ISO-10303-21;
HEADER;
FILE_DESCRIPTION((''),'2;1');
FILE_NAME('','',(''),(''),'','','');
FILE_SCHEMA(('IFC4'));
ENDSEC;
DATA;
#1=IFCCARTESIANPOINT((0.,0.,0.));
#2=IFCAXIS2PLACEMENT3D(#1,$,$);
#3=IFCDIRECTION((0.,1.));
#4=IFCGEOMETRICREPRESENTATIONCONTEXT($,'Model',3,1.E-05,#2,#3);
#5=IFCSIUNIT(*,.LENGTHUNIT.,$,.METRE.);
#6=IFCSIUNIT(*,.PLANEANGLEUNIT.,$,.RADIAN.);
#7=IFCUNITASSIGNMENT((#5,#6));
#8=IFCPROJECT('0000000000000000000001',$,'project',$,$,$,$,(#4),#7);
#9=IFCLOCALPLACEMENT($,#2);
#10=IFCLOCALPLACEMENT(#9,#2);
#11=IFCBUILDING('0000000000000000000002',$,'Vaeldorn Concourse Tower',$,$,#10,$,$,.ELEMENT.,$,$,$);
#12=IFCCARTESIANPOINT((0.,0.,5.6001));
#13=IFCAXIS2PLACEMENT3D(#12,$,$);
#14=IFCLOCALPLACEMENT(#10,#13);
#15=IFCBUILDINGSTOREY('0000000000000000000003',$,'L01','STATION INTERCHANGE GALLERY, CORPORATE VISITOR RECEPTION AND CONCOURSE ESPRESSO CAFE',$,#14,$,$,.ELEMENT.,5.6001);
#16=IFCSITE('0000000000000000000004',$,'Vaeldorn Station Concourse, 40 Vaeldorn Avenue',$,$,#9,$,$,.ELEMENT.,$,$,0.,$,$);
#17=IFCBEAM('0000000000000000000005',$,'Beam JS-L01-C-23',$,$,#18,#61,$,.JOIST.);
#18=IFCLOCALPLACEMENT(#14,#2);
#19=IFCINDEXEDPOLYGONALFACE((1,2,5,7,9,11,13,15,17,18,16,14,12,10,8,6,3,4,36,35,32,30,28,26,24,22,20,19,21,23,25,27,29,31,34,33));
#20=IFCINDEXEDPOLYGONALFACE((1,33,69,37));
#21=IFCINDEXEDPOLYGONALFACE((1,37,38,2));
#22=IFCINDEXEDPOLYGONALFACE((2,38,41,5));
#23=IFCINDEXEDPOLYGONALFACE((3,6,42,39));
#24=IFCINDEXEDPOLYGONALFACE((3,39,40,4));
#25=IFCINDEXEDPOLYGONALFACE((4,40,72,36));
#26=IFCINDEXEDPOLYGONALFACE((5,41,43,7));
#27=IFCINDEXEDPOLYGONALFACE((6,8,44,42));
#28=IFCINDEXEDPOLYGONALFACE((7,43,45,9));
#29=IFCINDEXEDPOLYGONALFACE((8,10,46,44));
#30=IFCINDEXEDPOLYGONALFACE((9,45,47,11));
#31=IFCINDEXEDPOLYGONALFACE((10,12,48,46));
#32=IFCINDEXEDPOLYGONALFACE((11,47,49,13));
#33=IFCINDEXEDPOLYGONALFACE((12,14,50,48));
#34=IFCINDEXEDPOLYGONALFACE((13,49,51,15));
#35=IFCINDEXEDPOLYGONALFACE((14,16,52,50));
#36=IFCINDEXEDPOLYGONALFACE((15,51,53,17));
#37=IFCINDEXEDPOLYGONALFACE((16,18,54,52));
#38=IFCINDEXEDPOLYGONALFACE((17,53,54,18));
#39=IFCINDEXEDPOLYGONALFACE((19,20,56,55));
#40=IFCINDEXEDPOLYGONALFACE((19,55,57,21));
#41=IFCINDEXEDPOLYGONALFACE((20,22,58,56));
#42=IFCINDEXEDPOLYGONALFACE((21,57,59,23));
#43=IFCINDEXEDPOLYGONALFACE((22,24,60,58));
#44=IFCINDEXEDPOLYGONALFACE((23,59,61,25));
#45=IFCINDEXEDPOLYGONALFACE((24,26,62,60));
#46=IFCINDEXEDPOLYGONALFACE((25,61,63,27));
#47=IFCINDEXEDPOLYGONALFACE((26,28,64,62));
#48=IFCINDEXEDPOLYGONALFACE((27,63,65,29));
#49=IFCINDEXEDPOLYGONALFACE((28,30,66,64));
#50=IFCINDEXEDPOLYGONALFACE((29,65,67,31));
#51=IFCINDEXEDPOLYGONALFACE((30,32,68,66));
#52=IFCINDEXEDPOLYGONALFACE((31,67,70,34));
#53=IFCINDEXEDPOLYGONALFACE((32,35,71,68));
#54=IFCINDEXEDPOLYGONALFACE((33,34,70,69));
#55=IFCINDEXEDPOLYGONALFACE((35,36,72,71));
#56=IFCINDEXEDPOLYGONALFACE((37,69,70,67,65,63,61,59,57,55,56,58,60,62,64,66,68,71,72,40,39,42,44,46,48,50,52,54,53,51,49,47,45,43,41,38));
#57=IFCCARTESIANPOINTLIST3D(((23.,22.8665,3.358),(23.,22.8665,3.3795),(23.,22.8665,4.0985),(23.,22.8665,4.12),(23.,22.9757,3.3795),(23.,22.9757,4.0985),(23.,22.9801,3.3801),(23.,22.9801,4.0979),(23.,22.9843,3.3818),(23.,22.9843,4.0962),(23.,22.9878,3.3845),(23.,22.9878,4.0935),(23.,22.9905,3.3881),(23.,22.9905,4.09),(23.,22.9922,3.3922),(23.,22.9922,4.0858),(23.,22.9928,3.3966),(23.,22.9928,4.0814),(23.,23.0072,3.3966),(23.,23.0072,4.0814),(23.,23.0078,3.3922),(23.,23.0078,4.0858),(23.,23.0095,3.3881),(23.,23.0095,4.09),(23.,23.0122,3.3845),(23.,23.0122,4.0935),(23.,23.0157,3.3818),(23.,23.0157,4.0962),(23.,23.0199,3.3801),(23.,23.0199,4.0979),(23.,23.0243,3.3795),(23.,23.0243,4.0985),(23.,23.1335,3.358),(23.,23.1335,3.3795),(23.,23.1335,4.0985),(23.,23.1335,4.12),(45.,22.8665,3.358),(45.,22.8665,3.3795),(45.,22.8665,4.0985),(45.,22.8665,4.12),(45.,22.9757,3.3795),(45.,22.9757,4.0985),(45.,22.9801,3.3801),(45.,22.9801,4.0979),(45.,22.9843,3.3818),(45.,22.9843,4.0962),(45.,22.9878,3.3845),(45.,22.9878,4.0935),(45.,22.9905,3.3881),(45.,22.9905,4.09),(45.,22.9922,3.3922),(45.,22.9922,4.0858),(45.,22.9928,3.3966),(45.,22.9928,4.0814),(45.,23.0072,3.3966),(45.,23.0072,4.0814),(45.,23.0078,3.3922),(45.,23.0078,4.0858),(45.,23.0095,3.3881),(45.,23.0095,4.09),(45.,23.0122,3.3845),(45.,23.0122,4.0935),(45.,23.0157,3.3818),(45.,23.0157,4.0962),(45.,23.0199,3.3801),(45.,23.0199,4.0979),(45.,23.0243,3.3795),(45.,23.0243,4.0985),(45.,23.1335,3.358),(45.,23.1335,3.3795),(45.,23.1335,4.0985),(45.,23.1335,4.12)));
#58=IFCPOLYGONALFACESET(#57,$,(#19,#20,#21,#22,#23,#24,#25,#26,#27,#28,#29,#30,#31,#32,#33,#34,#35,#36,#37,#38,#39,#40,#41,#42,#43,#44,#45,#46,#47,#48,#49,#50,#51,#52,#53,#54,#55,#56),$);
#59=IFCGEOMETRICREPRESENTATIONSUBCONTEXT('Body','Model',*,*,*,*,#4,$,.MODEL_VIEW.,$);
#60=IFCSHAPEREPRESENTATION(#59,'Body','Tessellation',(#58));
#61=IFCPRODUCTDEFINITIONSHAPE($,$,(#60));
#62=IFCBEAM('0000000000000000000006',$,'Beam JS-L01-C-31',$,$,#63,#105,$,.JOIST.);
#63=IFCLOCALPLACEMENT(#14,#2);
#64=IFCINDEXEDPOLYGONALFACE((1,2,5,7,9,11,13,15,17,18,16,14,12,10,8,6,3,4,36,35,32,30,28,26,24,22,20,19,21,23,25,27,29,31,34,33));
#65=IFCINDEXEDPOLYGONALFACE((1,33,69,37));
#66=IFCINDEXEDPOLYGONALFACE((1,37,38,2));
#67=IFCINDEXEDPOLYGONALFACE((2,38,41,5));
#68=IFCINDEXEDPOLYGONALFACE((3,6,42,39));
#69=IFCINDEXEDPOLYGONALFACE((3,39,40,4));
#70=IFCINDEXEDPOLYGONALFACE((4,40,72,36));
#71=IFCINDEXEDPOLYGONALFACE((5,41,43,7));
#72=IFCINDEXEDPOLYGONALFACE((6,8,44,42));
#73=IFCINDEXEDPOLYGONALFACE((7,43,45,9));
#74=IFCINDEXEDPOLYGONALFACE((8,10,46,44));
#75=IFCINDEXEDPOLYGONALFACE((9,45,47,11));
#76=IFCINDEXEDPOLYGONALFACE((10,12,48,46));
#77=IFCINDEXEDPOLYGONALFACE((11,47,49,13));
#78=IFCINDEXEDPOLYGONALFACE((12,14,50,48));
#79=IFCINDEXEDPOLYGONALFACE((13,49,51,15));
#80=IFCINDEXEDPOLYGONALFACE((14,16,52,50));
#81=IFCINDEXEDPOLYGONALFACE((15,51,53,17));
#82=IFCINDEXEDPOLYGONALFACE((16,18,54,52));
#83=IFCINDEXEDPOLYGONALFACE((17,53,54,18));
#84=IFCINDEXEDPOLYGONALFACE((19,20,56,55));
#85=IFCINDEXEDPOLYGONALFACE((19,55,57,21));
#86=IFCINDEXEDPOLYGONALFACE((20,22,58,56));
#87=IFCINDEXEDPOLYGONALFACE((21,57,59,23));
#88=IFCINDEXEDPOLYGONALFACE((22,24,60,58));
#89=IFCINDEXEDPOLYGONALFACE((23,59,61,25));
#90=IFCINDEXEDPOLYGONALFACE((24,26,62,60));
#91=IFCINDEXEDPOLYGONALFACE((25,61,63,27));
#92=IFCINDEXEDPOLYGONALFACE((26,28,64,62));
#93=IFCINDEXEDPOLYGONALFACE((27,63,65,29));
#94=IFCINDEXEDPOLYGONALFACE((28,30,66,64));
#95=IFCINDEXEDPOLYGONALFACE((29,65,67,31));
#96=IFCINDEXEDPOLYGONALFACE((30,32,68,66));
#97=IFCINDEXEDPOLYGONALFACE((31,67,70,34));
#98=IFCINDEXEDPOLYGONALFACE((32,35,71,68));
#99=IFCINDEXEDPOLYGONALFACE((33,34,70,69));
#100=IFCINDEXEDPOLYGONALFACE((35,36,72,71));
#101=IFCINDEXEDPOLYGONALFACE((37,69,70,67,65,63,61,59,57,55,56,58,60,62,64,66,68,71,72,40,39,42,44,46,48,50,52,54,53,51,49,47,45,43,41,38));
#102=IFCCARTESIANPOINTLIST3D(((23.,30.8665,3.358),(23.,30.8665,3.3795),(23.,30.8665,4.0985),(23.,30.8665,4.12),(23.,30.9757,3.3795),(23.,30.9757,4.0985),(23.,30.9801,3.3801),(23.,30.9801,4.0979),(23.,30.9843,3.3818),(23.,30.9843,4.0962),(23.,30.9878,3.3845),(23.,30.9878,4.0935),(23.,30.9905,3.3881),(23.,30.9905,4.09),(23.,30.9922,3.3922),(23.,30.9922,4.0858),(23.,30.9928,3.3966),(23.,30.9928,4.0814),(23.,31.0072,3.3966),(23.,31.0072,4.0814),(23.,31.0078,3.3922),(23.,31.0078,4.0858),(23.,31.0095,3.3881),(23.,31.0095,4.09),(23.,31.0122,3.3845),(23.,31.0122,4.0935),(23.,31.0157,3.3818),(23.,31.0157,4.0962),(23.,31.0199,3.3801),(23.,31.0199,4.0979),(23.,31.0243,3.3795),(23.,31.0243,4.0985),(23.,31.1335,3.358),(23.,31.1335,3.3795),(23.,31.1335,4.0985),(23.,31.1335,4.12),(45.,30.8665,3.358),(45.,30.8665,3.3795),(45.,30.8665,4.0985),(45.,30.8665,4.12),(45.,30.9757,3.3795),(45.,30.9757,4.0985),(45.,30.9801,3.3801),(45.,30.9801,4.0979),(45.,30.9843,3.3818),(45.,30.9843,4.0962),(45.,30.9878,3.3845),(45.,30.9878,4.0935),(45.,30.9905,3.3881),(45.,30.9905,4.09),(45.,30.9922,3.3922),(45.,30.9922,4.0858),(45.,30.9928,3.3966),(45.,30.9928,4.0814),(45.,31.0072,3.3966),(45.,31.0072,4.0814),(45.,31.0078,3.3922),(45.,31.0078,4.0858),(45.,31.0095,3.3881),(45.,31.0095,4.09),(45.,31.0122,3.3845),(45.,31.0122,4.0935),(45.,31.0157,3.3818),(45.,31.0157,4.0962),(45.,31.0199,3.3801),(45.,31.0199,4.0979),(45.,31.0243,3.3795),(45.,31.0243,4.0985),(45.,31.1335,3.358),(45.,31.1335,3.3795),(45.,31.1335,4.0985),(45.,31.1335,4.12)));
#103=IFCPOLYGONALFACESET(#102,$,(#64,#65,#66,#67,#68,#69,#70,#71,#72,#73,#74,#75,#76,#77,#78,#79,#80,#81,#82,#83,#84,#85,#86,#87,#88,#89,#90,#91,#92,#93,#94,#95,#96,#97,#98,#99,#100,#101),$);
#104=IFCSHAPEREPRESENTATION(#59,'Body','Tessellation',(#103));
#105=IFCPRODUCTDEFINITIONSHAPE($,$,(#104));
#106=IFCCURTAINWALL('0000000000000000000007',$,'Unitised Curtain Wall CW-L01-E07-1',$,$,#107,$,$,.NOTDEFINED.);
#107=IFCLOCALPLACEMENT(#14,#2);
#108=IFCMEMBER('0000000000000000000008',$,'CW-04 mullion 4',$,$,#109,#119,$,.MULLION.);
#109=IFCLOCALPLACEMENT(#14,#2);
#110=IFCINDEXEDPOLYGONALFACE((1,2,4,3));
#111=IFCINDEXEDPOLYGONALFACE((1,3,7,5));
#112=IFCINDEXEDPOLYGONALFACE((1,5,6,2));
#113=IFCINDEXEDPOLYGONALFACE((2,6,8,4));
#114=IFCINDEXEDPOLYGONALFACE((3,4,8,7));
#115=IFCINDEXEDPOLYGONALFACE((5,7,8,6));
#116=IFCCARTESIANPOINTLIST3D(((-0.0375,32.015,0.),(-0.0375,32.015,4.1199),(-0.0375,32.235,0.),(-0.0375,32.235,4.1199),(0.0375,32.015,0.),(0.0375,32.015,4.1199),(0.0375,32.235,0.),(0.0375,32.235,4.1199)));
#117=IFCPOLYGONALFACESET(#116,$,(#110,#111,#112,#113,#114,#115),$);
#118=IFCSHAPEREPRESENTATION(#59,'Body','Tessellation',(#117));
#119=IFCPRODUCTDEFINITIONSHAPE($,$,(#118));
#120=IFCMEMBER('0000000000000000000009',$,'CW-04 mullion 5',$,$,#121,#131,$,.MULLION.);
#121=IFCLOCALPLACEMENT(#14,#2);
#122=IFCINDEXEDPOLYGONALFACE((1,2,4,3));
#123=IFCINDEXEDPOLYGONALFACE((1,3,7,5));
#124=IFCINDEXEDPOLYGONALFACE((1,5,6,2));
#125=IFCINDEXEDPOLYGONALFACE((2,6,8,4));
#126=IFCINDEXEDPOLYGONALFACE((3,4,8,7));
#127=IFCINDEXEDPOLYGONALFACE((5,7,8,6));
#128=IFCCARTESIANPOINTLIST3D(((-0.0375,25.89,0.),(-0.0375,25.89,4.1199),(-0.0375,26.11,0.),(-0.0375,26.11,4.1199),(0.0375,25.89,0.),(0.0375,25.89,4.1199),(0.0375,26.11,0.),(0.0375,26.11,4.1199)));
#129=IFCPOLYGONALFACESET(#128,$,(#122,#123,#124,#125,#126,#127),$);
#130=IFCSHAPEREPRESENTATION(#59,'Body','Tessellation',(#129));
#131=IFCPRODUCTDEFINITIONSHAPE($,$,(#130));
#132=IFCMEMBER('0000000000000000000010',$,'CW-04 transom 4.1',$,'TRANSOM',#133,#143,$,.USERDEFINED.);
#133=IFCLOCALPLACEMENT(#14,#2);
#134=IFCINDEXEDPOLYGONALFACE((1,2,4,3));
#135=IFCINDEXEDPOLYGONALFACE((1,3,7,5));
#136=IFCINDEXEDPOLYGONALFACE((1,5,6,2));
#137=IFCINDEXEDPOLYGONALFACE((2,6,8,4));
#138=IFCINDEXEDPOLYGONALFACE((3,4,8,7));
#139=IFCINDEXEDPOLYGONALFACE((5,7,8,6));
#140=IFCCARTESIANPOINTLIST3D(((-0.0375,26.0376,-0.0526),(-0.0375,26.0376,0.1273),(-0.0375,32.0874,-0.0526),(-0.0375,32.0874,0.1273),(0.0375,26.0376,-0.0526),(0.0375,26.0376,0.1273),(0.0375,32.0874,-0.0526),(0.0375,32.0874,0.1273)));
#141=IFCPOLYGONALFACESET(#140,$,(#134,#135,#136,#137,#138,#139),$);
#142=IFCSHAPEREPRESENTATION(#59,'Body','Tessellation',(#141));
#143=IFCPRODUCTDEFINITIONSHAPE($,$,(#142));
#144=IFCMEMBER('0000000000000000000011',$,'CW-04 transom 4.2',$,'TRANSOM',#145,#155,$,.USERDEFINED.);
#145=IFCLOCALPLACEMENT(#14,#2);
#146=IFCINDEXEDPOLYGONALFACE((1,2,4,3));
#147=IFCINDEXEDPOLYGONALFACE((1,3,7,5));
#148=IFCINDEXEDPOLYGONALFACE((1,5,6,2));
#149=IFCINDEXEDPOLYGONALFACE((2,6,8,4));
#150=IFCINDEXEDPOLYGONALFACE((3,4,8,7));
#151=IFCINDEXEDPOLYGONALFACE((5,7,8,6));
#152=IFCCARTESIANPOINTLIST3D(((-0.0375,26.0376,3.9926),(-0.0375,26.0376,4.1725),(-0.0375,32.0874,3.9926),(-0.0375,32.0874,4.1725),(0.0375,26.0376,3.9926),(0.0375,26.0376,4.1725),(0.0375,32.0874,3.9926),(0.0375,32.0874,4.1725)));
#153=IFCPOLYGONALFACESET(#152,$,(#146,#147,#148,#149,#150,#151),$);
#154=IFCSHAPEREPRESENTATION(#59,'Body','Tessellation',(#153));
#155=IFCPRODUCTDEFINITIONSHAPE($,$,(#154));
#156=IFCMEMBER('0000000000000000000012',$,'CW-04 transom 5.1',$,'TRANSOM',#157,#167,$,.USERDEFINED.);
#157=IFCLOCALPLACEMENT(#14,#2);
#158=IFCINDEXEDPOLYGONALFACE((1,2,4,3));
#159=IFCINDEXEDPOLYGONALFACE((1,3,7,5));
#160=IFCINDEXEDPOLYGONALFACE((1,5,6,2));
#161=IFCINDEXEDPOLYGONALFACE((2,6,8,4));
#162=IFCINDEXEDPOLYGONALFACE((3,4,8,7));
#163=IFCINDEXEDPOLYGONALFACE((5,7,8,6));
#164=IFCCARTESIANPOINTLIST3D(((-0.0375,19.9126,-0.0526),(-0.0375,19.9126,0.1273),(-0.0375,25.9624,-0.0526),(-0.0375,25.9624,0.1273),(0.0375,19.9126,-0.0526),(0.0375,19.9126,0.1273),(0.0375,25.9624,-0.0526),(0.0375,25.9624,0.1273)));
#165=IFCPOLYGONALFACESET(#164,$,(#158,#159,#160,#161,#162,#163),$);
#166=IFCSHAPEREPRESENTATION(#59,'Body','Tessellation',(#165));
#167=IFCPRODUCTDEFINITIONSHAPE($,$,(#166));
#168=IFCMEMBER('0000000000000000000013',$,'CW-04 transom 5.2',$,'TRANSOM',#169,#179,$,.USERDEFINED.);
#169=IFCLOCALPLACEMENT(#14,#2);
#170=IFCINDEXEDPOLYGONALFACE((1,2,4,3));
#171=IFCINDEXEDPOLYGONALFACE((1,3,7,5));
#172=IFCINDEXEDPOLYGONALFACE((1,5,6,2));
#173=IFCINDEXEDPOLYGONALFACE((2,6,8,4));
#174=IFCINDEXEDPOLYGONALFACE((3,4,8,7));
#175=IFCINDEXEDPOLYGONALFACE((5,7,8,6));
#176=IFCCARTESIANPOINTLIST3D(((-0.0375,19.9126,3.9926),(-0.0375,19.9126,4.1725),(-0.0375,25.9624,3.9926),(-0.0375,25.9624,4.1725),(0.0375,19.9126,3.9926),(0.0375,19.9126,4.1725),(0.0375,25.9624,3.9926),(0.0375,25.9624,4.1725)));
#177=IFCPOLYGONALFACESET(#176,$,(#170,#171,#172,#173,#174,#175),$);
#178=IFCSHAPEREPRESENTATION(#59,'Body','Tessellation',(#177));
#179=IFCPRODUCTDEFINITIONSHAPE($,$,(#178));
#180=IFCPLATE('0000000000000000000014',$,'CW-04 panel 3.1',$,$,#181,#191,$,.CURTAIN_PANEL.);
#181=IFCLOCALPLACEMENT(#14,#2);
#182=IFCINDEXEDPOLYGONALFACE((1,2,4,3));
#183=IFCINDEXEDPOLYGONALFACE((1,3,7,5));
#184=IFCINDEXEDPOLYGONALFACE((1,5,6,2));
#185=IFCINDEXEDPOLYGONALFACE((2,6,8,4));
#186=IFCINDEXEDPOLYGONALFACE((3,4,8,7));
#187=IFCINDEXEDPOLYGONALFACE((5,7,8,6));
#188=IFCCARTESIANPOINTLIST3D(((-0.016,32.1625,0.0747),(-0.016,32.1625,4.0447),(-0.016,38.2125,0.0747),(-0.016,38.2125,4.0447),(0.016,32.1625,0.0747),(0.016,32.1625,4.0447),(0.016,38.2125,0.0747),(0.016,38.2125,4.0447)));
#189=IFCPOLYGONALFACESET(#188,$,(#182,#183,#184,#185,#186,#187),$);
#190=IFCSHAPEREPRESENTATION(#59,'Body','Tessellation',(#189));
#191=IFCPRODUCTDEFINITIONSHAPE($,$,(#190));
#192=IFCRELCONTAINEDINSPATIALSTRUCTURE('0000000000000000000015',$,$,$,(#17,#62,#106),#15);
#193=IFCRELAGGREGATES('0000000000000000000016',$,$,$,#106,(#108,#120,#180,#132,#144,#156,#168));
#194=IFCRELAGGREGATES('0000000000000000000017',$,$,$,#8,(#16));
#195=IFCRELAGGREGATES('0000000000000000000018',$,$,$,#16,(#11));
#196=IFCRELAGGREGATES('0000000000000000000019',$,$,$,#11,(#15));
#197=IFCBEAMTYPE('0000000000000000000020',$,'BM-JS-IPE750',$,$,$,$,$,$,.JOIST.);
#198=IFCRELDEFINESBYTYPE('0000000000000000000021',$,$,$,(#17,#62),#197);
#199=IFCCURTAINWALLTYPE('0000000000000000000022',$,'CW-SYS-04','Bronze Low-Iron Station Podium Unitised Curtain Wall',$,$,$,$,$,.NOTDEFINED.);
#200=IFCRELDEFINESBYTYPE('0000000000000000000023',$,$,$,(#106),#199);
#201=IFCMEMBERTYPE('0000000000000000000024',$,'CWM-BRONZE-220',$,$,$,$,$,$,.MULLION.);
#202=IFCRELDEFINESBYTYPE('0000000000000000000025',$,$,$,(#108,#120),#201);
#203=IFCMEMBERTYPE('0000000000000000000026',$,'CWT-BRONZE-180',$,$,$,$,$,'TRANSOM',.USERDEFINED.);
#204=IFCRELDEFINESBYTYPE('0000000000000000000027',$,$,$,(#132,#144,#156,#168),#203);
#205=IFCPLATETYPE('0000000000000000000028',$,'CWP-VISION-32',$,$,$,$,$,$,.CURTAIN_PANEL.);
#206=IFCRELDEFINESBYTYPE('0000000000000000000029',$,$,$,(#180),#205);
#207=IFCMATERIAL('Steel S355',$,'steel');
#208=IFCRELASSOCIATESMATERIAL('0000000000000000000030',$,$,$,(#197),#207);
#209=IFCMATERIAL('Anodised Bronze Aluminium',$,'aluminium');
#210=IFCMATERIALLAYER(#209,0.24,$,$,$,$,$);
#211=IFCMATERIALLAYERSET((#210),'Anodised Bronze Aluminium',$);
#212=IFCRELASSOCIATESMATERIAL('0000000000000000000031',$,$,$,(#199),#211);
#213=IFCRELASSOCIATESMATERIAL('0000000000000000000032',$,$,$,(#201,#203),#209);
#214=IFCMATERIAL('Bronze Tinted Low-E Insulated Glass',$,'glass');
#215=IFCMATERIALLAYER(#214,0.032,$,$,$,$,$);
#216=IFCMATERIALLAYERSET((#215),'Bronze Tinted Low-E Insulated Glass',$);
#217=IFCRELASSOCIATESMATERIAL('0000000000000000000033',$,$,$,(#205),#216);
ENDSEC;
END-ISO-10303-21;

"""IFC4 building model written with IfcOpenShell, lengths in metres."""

from ifc_helpers import new_model, si_unit, direction, frame, origin, origin_2d, place, context, subcontext, project, spatial, rectangle, i_section, extrude, source, transform, mapped, material, layer, layer_set, material_profile, profile_set, type_object, element, aggregate, save


model = new_model("IFC4")

# Units and contexts
model_context = context("Model", 3, precision=1e-05, world=origin(), true_north=direction((0.0, 1.0)))
body_context = subcontext(model_context, "Body", "Model", "MODEL_VIEW")
ifc_project = project(units=[si_unit("LENGTHUNIT", "METRE"), si_unit("PLANEANGLEUNIT", "RADIAN")], contexts=[model_context])

# Site, building, storey
site_placement = place(None, origin())
site = spatial("IfcSite", under=ifc_project, at=site_placement, Name="Vaeldorn Station Concourse, 40 Vaeldorn Avenue", CompositionType="ELEMENT", RefElevation=0.0)
building_placement = place(site_placement, origin())
building = spatial("IfcBuilding", under=site, at=building_placement, Name="Vaeldorn Concourse Tower", CompositionType="ELEMENT")
storey_placement = place(building_placement, frame((0.0, 0.0, 5.6001)))
storey = spatial("IfcBuildingStorey", under=building, at=storey_placement, Name="L01", Description="STATION INTERCHANGE GALLERY, CORPORATE VISITOR RECEPTION AND CONCOURSE ESPRESSO CAFE", CompositionType="ELEMENT", Elevation=5.6001)

# Beams
ifc_material_1 = material(Name="Steel S355", Category="steel")
ifc_material_profile_1 = material_profile(ifc_material_1, i_section(OverallWidth=0.2671, OverallDepth=0.762, WebThickness=0.0144, FlangeThickness=0.0215, FilletRadius=0.0171, at=origin_2d()), Name="IPE 750x173")
ifc_profile_set_1 = profile_set([ifc_material_profile_1], Name="Steel S355")
beam_type_1 = type_object("IfcBeamType", Name="BM-JS-IPE750", PredefinedType="JOIST", material=ifc_profile_set_1)
shared_shape_1 = source(origin(), body_context, "Body", "SweptSolid", [
    extrude(i_section(OverallWidth=0.2671, OverallDepth=0.762, WebThickness=0.0144, FlangeThickness=0.0215, FilletRadius=0.0171, at=origin_2d()), origin(), (0.0, 0.0, 1.0), 22.0),
])
for number, where, z_axis, x_axis, name in (
    (1, (23.0, 23.0, 3.739), (1.0, 0.0, 0.0), (0.0, 1.0, 0.0), "Beam JS-L01-C-23"),
    (2, (23.0, 31.0, 3.739), (1.0, 0.0, 0.0), (0.0, 1.0, 0.0), "Beam JS-L01-C-31"),
):
    element("IfcBeam", number, at=place(storey_placement, frame(where, z_axis=z_axis, x_axis=x_axis)), inside=storey, type_object=beam_type_1, Name=name, PredefinedType="JOIST", context=body_context, shape_type="MappedRepresentation", body=[
        mapped(shared_shape_1, transform((0.0, 0.0, 0.0), scale=1.0)),
    ])

# Curtain wall, members, plate
ifc_material_2 = material(Name="Anodised Bronze Aluminium", Category="aluminium")
ifc_layer_1 = layer(ifc_material_2, 0.24)
ifc_layer_set_1 = layer_set([ifc_layer_1], Name="Anodised Bronze Aluminium")
curtain_wall_type = type_object("IfcCurtainWallType", Name="CW-SYS-04", Description="Bronze Low-Iron Station Podium Unitised Curtain Wall", PredefinedType="NOTDEFINED", material=ifc_layer_set_1)
curtain_wall_placement = place(storey_placement, origin())
curtain_wall = element("IfcCurtainWall", 3, at=curtain_wall_placement, inside=storey, type_object=curtain_wall_type, Name="Unitised Curtain Wall CW-L01-E07-1", PredefinedType="NOTDEFINED")
ifc_material_profile_2 = material_profile(ifc_material_2, rectangle(XDim=0.075, YDim=0.22, at=origin_2d()), Name="CWM 75x220")
ifc_profile_set_2 = profile_set([ifc_material_profile_2], Name="Anodised Bronze Aluminium")
member_type_1 = type_object("IfcMemberType", Name="CWM-BRONZE-220", PredefinedType="MULLION", material=ifc_profile_set_2)
shared_shape_2 = source(origin(), body_context, "Body", "SweptSolid", [
    extrude(rectangle(XDim=0.075, YDim=0.22, at=origin_2d()), origin(), (0.0, 0.0, 1.0), 4.1199),
])
member_1_placement = place(storey_placement, frame((0.0, 32.125, 0.0), z_axis=(0.0, 0.0, 1.0), x_axis=(1.0, 0.0, 0.0)))
member_1 = element("IfcMember", 4, at=member_1_placement, type_object=member_type_1, Name="CW-04 mullion 4", PredefinedType="MULLION", context=body_context, shape_type="MappedRepresentation", body=[
    mapped(shared_shape_2, transform((0.0, 0.0, 0.0), scale=1.0)),
])
member_2_placement = place(storey_placement, frame((0.0, 26.0, 0.0), z_axis=(0.0, 0.0, 1.0), x_axis=(1.0, 0.0, 0.0)))
member_2 = element("IfcMember", 5, at=member_2_placement, type_object=member_type_1, Name="CW-04 mullion 5", PredefinedType="MULLION", context=body_context, shape_type="MappedRepresentation", body=[
    mapped(shared_shape_2, transform((0.0, 0.0, 0.0), scale=1.0)),
])
ifc_material_profile_3 = material_profile(ifc_material_2, rectangle(XDim=0.075, YDim=0.1799, at=origin_2d()), Name="CWT 75x180")
ifc_profile_set_3 = profile_set([ifc_material_profile_3], Name="Anodised Bronze Aluminium")
member_type_2 = type_object("IfcMemberType", Name="CWT-BRONZE-180", ElementType="TRANSOM", PredefinedType="USERDEFINED", material=ifc_profile_set_3)
shared_shape_3 = source(origin(), body_context, "Body", "SweptSolid", [
    extrude(rectangle(XDim=0.075, YDim=0.1799, at=origin_2d()), origin(), (0.0, 0.0, 1.0), 6.0498),
])
member_3_placement = place(storey_placement, frame((0.0, 32.0874, 0.0374), z_axis=(0.0, -1.0, 0.0), x_axis=(1.0, 0.0, 0.0)))
member_3 = element("IfcMember", 6, at=member_3_placement, type_object=member_type_2, Name="CW-04 transom 4.1", ObjectType="TRANSOM", PredefinedType="USERDEFINED", context=body_context, shape_type="MappedRepresentation", body=[
    mapped(shared_shape_3, transform((0.0, 0.0, 0.0), scale=1.0)),
])
member_4_placement = place(storey_placement, frame((0.0, 32.0874, 4.0825), z_axis=(0.0, -1.0, 0.0), x_axis=(1.0, 0.0, 0.0)))
member_4 = element("IfcMember", 7, at=member_4_placement, type_object=member_type_2, Name="CW-04 transom 4.2", ObjectType="TRANSOM", PredefinedType="USERDEFINED", context=body_context, shape_type="MappedRepresentation", body=[
    mapped(shared_shape_3, transform((0.0, 0.0, 0.0), scale=1.0)),
])
member_5_placement = place(storey_placement, frame((0.0, 25.9624, 0.0374), z_axis=(0.0, -1.0, 0.0), x_axis=(1.0, 0.0, 0.0)))
member_5 = element("IfcMember", 8, at=member_5_placement, type_object=member_type_2, Name="CW-04 transom 5.1", ObjectType="TRANSOM", PredefinedType="USERDEFINED", context=body_context, shape_type="MappedRepresentation", body=[
    mapped(shared_shape_3, transform((0.0, 0.0, 0.0), scale=1.0)),
])
member_6_placement = place(storey_placement, frame((0.0, 25.9624, 4.0825), z_axis=(0.0, -1.0, 0.0), x_axis=(1.0, 0.0, 0.0)))
member_6 = element("IfcMember", 9, at=member_6_placement, type_object=member_type_2, Name="CW-04 transom 5.2", ObjectType="TRANSOM", PredefinedType="USERDEFINED", context=body_context, shape_type="MappedRepresentation", body=[
    mapped(shared_shape_3, transform((0.0, 0.0, 0.0), scale=1.0)),
])
ifc_material_3 = material(Name="Bronze Tinted Low-E Insulated Glass", Category="glass")
ifc_layer_2 = layer(ifc_material_3, 0.032)
ifc_layer_set_2 = layer_set([ifc_layer_2], Name="Bronze Tinted Low-E Insulated Glass")
plate_type = type_object("IfcPlateType", Name="CWP-VISION-32", PredefinedType="CURTAIN_PANEL", material=ifc_layer_set_2)
shared_shape_4 = source(origin(), body_context, "Body", "SweptSolid", [
    extrude(rectangle(XDim=6.05, YDim=0.032, at=origin_2d()), origin(), (0.0, 0.0, 1.0), 3.97),
])
plate_1_placement = place(storey_placement, frame((0.0, 35.1875, 0.0747), z_axis=(0.0, 0.0, 1.0), x_axis=(0.0, -1.0, 0.0)))
plate_1 = element("IfcPlate", 10, at=plate_1_placement, type_object=plate_type, Name="CW-04 panel 3.1", PredefinedType="CURTAIN_PANEL", context=body_context, shape_type="MappedRepresentation", body=[
    mapped(shared_shape_4, transform((0.0, 0.0, 0.0), scale=1.0)),
])
aggregate(curtain_wall, [member_1, member_2, plate_1, member_3, member_4, member_5, member_6])

save(model, "model.ifc")
